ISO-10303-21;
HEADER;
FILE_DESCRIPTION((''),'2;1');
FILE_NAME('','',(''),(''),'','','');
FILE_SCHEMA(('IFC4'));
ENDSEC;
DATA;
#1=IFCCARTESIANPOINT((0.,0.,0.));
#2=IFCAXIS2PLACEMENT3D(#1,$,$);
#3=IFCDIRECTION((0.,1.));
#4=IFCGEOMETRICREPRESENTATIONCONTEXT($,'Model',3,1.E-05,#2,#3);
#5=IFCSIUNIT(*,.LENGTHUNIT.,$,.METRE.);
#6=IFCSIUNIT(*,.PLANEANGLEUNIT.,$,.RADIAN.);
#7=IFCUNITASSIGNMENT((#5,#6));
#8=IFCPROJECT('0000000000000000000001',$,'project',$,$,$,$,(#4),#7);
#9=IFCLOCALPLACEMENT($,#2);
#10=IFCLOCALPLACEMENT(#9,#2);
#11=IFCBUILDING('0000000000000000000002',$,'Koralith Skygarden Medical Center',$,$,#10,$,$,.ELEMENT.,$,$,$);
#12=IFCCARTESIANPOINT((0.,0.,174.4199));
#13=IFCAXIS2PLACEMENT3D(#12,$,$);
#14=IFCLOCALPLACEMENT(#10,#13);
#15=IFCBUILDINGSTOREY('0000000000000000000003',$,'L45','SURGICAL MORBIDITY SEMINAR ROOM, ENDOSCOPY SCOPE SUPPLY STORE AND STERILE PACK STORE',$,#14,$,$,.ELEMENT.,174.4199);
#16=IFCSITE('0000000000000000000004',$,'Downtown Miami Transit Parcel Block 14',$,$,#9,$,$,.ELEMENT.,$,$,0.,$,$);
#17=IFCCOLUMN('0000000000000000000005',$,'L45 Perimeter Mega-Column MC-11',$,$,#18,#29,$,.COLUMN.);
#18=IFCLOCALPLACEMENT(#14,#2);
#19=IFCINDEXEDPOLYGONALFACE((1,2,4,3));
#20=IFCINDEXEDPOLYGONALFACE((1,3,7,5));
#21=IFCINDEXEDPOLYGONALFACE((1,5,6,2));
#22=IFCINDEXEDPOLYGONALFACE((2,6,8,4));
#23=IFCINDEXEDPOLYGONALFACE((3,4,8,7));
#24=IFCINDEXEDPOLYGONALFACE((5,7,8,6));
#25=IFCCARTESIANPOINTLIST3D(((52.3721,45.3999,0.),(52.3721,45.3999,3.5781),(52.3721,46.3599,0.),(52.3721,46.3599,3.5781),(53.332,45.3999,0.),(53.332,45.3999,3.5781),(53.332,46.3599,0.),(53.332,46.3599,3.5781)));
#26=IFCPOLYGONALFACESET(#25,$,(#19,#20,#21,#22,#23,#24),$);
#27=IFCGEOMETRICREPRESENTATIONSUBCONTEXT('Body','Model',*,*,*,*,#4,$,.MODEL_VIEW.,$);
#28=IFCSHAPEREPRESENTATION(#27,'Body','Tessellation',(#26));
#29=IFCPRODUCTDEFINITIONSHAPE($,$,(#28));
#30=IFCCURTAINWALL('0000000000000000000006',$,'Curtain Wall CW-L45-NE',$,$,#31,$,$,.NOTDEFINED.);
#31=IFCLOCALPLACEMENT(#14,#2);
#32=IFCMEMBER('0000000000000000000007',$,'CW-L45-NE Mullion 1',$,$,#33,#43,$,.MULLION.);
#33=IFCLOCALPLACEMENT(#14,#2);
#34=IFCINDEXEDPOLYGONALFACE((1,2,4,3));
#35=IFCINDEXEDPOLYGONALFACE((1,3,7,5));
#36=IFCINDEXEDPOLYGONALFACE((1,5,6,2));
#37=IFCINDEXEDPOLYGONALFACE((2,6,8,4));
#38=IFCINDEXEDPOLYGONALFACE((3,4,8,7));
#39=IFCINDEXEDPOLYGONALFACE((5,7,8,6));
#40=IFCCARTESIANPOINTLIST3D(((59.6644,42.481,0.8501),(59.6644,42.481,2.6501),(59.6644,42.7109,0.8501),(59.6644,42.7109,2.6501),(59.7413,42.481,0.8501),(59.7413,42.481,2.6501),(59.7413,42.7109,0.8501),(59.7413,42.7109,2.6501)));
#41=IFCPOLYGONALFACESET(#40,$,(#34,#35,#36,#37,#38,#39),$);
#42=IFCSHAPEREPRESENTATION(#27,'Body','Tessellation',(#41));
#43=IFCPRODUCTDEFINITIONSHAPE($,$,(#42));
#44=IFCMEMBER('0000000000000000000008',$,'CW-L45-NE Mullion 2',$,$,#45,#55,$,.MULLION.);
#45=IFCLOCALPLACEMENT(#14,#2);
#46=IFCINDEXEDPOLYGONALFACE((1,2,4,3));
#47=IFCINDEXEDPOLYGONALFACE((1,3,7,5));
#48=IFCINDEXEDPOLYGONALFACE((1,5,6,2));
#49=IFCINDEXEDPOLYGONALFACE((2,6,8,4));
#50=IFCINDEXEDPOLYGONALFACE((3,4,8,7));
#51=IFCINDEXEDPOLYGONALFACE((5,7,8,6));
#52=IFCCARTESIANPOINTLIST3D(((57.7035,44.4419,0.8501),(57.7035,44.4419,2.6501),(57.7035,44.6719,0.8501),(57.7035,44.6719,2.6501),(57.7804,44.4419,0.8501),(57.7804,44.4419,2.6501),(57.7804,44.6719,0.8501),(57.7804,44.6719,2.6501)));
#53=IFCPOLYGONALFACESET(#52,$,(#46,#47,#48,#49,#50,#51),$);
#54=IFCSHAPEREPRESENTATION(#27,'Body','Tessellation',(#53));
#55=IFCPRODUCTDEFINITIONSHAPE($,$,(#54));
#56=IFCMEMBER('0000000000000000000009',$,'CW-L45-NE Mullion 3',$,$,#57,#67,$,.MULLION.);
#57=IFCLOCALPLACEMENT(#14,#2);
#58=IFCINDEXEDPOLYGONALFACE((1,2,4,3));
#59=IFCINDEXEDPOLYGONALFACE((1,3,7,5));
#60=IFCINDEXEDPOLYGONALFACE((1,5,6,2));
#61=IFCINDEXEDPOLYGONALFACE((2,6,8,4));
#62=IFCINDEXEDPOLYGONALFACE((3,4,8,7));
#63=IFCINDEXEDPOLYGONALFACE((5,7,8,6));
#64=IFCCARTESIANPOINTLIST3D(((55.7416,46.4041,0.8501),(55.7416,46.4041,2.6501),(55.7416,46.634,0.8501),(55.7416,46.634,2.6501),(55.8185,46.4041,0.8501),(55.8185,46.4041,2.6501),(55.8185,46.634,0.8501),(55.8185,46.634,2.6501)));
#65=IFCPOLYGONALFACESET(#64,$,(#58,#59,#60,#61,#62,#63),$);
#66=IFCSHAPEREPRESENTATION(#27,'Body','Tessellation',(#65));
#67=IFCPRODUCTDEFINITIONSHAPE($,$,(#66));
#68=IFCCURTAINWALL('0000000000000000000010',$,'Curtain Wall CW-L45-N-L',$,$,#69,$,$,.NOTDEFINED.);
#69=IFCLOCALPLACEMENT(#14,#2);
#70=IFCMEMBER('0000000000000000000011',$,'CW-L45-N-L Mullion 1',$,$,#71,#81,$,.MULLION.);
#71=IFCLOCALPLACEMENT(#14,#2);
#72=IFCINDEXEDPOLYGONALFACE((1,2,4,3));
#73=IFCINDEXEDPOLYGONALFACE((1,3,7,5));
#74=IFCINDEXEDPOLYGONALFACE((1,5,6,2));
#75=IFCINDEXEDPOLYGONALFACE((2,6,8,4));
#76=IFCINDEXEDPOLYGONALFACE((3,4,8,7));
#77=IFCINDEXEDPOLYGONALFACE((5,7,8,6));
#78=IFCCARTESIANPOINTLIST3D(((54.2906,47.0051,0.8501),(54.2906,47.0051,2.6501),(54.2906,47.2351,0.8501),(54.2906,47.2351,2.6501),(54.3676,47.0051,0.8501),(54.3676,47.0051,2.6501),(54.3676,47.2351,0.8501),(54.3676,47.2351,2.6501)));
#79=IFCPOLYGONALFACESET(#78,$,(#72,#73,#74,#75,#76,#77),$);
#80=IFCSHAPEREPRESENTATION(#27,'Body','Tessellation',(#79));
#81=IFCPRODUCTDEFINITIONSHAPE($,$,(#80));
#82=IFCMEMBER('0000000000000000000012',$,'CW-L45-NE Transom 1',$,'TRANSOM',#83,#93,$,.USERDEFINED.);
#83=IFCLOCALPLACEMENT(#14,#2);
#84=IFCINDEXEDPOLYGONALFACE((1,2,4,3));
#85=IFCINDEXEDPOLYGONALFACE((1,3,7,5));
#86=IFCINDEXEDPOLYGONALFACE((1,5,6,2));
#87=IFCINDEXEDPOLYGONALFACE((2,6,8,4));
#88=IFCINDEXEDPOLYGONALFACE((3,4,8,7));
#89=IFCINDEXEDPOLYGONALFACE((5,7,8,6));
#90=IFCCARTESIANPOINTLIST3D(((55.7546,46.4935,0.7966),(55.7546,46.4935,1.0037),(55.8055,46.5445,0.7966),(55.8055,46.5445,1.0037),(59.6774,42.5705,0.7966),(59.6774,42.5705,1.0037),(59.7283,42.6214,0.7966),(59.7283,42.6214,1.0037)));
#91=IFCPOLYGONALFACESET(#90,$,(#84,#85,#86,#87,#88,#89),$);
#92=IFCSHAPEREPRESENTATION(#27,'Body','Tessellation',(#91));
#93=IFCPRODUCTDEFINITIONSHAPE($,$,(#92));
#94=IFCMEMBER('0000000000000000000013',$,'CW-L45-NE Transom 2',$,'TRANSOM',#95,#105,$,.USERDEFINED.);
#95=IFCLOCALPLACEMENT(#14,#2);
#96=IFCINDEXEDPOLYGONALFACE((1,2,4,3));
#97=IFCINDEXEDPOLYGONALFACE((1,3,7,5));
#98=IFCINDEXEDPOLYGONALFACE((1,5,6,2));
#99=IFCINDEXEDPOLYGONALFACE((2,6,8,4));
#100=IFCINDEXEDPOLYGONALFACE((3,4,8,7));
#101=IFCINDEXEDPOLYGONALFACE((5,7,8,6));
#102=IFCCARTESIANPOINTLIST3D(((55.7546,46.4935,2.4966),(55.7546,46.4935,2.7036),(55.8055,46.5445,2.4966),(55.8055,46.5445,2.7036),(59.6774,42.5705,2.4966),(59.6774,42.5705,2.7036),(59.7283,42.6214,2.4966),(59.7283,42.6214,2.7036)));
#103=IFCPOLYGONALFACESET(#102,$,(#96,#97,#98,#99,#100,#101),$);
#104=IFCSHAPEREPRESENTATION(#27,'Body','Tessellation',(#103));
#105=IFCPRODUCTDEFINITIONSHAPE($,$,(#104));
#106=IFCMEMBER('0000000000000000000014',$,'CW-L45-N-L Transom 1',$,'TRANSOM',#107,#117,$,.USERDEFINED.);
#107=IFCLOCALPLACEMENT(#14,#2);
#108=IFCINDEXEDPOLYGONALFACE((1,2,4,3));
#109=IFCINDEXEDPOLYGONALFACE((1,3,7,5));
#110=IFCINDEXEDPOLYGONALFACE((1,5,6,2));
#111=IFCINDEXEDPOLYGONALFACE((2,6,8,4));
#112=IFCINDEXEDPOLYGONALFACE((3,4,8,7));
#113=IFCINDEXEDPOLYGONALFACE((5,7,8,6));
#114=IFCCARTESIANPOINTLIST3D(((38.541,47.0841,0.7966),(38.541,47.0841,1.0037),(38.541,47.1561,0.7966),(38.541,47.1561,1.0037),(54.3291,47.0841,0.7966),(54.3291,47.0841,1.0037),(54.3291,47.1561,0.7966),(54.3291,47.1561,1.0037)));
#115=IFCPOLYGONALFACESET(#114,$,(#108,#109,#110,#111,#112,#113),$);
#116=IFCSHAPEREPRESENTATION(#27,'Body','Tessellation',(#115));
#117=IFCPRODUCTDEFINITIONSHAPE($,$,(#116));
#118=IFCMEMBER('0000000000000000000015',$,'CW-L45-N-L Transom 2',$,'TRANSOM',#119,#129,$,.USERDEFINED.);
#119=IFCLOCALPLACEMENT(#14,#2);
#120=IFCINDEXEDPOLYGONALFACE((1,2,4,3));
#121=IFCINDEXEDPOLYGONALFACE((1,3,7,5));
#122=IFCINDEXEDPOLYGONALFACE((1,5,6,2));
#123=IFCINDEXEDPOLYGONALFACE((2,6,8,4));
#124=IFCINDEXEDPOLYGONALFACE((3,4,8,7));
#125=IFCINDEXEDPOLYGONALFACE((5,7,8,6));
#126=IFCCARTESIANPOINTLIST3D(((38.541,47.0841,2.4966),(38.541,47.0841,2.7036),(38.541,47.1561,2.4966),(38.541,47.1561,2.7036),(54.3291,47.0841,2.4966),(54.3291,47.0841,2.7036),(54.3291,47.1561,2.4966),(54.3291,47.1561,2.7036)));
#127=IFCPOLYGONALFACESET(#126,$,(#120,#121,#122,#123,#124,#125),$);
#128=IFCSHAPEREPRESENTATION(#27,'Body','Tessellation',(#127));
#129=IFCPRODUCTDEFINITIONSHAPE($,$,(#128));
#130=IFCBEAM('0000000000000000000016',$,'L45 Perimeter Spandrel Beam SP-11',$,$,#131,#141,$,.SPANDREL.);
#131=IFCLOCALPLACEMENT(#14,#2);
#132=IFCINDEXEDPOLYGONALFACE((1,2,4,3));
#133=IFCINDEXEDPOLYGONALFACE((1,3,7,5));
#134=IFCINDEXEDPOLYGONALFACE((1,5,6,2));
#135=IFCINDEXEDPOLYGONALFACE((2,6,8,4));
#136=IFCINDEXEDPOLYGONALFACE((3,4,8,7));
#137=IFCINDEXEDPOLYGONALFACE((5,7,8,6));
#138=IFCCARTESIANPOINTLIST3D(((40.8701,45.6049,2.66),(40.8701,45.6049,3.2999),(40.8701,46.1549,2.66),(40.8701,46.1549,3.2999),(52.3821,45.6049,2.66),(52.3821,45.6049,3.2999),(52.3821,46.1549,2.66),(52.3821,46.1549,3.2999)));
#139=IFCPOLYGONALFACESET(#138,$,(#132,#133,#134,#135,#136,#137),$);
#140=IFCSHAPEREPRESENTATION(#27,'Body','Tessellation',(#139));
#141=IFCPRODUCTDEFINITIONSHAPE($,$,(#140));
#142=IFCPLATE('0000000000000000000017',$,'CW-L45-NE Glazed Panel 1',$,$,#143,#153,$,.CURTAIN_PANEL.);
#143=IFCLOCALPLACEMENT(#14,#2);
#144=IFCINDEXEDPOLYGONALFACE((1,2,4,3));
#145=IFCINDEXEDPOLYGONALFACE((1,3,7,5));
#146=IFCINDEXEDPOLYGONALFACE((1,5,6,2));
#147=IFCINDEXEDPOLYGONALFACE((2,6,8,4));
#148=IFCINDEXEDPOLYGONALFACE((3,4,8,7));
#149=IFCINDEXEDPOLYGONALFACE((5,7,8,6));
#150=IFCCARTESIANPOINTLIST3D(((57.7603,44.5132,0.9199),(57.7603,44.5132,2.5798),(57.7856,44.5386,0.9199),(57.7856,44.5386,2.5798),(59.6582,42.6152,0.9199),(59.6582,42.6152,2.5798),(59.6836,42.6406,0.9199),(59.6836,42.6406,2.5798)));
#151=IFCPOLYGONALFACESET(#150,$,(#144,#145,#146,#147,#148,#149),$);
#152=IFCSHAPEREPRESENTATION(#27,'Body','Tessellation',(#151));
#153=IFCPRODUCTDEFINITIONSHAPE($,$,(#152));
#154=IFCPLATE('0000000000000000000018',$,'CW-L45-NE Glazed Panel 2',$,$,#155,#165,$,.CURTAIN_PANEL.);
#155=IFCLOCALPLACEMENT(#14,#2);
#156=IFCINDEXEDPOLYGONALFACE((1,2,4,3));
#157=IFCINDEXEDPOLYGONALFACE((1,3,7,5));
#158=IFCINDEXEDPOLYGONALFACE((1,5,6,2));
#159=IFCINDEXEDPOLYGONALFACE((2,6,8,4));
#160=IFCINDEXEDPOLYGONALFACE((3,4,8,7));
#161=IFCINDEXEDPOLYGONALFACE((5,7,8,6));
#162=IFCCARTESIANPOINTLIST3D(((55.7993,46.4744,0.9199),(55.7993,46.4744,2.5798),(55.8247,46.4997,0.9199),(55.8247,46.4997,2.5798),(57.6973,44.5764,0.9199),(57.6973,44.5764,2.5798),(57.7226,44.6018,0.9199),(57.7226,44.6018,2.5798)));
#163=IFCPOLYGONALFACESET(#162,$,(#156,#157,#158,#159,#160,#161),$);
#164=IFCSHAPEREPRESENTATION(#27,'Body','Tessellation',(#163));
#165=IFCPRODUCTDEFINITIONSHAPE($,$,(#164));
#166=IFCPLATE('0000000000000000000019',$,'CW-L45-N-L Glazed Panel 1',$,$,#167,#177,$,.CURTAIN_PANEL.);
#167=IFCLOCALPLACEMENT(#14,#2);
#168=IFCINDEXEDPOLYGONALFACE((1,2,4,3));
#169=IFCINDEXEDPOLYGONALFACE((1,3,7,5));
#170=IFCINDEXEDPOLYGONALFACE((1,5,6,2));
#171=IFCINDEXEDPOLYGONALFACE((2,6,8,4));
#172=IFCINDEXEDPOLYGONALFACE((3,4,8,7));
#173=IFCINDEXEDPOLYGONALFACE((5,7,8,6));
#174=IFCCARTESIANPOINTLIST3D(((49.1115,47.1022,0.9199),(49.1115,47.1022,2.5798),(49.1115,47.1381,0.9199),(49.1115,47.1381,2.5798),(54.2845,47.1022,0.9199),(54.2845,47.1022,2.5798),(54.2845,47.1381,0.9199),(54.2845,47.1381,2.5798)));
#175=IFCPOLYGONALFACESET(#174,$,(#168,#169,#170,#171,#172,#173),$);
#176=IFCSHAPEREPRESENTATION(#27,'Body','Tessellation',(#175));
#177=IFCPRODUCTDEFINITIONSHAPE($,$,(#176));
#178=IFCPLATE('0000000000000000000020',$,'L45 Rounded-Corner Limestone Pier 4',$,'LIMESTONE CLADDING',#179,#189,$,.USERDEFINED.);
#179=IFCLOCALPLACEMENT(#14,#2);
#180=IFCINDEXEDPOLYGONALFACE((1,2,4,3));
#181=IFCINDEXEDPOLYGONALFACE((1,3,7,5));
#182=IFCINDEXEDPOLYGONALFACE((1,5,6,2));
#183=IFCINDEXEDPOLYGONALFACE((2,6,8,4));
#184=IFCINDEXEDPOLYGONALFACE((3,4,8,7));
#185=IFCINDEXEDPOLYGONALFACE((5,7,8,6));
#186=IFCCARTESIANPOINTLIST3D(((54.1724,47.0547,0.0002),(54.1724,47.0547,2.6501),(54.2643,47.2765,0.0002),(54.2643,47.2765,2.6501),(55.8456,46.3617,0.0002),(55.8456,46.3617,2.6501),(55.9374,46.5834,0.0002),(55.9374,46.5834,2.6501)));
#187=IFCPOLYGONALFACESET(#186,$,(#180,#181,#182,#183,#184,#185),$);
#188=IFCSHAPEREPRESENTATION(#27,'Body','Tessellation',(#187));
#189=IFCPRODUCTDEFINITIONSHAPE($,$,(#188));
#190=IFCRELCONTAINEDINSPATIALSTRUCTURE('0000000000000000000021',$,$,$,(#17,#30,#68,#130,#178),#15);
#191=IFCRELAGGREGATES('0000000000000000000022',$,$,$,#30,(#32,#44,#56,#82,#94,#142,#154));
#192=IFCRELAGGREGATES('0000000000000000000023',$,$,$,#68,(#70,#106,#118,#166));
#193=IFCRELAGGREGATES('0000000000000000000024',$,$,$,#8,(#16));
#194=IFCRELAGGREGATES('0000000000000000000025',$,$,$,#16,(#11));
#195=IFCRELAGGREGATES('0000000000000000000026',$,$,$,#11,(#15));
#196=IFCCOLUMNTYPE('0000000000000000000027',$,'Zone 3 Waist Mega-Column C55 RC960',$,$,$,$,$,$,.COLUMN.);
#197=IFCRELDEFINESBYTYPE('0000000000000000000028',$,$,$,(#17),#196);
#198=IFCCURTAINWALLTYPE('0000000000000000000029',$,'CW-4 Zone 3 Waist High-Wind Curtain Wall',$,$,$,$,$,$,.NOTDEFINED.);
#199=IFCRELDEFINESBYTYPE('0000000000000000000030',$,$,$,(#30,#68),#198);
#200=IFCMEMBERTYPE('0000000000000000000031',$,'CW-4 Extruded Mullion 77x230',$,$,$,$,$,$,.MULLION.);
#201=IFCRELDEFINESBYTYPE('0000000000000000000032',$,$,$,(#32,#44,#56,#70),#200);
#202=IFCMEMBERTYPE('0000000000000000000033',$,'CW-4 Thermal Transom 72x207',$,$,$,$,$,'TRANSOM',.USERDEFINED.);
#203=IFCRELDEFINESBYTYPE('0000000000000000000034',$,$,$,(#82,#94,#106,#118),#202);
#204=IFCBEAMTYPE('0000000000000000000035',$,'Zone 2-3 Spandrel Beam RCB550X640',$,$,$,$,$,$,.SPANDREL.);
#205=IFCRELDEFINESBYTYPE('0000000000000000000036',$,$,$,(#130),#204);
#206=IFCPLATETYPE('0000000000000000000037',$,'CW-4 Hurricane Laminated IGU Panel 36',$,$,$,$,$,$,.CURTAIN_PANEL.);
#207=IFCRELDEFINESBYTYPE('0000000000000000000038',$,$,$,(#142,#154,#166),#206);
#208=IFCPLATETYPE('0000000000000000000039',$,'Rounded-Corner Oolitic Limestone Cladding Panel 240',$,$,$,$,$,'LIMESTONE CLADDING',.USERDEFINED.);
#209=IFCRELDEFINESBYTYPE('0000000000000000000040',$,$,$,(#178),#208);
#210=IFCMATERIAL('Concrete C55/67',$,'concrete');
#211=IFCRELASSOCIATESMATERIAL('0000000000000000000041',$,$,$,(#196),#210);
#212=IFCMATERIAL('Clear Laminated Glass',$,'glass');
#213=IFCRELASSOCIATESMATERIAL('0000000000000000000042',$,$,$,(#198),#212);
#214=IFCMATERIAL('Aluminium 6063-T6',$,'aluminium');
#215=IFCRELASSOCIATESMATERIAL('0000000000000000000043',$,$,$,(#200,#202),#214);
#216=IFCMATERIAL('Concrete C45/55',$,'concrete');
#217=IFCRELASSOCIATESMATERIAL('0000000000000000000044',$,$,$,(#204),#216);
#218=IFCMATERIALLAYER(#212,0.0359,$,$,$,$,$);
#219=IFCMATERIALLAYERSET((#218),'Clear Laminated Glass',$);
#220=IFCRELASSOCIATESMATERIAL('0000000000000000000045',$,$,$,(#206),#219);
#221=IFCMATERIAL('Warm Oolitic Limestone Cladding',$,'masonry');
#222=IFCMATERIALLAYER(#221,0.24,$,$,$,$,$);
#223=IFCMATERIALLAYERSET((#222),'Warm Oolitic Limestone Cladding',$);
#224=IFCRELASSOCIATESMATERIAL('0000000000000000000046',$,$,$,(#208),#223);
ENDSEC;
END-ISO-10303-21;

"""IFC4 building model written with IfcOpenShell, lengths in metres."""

from ifc_helpers import new_model, si_unit, direction, frame, origin, origin_2d, place, context, subcontext, project, spatial, rectangle, extrude, material, layer, layer_set, material_profile, profile_set, type_object, element, aggregate, save


model = new_model("IFC4")

# Units and contexts
model_context = context("Model", 3, precision=1e-05, world=origin(), true_north=direction((0.0, 1.0)))
body_context = subcontext(model_context, "Body", "Model", "MODEL_VIEW")
ifc_project = project(units=[si_unit("LENGTHUNIT", "METRE"), si_unit("PLANEANGLEUNIT", "RADIAN")], contexts=[model_context])

# Site, building, storey
site_placement = place(None, origin())
site = spatial("IfcSite", under=ifc_project, at=site_placement, Name="Downtown Miami Transit Parcel Block 14", CompositionType="ELEMENT", RefElevation=0.0)
building_placement = place(site_placement, origin())
building = spatial("IfcBuilding", under=site, at=building_placement, Name="Koralith Skygarden Medical Center", CompositionType="ELEMENT")
storey_placement = place(building_placement, frame((0.0, 0.0, 174.4199)))
storey = spatial("IfcBuildingStorey", under=building, at=storey_placement, Name="L45", Description="SURGICAL MORBIDITY SEMINAR ROOM, ENDOSCOPY SCOPE SUPPLY STORE AND STERILE PACK STORE", CompositionType="ELEMENT", Elevation=174.4199)

# Column
ifc_material_1 = material(Name="Concrete C55/67", Category="concrete")
ifc_material_profile_1 = material_profile(ifc_material_1, rectangle(XDim=0.96, YDim=0.96, at=origin_2d()), Name="RC960X960")
ifc_profile_set_1 = profile_set([ifc_material_profile_1], Name="Concrete C55/67")
column_type = type_object("IfcColumnType", Name="Zone 3 Waist Mega-Column C55 RC960", PredefinedType="COLUMN", material=ifc_profile_set_1)
column_placement = place(storey_placement, frame((52.8521, 45.8799, 0.0), z_axis=(0.0, 0.0, 1.0), x_axis=(1.0, 0.0, 0.0)))
element("IfcColumn", 1, at=column_placement, inside=storey, type_object=column_type, Name="L45 Perimeter Mega-Column MC-11", PredefinedType="COLUMN", context=body_context, shape_type="SweptSolid", body=[
    extrude(rectangle(XDim=0.96, YDim=0.96, at=origin_2d()), origin(), (0.0, 0.0, 1.0), 3.5781),
])

# Curtain wall, members
ifc_material_2 = material(Name="Clear Laminated Glass", Category="glass")
curtain_wall_type = type_object("IfcCurtainWallType", Name="CW-4 Zone 3 Waist High-Wind Curtain Wall", PredefinedType="NOTDEFINED", material=ifc_material_2)
curtain_wall_1_placement = place(storey_placement, origin())
curtain_wall_1 = element("IfcCurtainWall", 2, at=curtain_wall_1_placement, inside=storey, type_object=curtain_wall_type, Name="Curtain Wall CW-L45-NE", PredefinedType="NOTDEFINED")
ifc_material_3 = material(Name="Aluminium 6063-T6", Category="aluminium")
ifc_material_profile_2 = material_profile(ifc_material_3, rectangle(XDim=0.0769, YDim=0.23, at=origin_2d()), Name="MUL77X230")
ifc_profile_set_2 = profile_set([ifc_material_profile_2], Name="Aluminium 6063-T6")
member_type_1 = type_object("IfcMemberType", Name="CW-4 Extruded Mullion 77x230", PredefinedType="MULLION", material=ifc_profile_set_2)
member_1_placement = place(storey_placement, frame((59.7029, 42.5959, 0.8501), z_axis=(0.0, 0.0, 1.0), x_axis=(1.0, 0.0, 0.0)))
member_1 = element("IfcMember", 3, at=member_1_placement, type_object=member_type_1, Name="CW-L45-NE Mullion 1", PredefinedType="MULLION", context=body_context, shape_type="SweptSolid", body=[
    extrude(rectangle(XDim=0.0769, YDim=0.23, at=origin_2d()), origin(), (0.0, 0.0, 1.0), 1.8),
])
member_2_placement = place(storey_placement, frame((57.7419, 44.5569, 0.8501), z_axis=(0.0, 0.0, 1.0), x_axis=(1.0, 0.0, 0.0)))
member_2 = element("IfcMember", 4, at=member_2_placement, type_object=member_type_1, Name="CW-L45-NE Mullion 2", PredefinedType="MULLION", context=body_context, shape_type="SweptSolid", body=[
    extrude(rectangle(XDim=0.0769, YDim=0.23, at=origin_2d()), origin(), (0.0, 0.0, 1.0), 1.8),
])
member_3_placement = place(storey_placement, frame((55.78, 46.519, 0.8501), z_axis=(0.0, 0.0, 1.0), x_axis=(1.0, 0.0, 0.0)))
member_3 = element("IfcMember", 5, at=member_3_placement, type_object=member_type_1, Name="CW-L45-NE Mullion 3", PredefinedType="MULLION", context=body_context, shape_type="SweptSolid", body=[
    extrude(rectangle(XDim=0.0769, YDim=0.23, at=origin_2d()), origin(), (0.0, 0.0, 1.0), 1.8),
])

# Curtain wall, member
curtain_wall_2_placement = place(storey_placement, origin())
curtain_wall_2 = element("IfcCurtainWall", 6, at=curtain_wall_2_placement, inside=storey, type_object=curtain_wall_type, Name="Curtain Wall CW-L45-N-L", PredefinedType="NOTDEFINED")
member_4_placement = place(storey_placement, frame((54.3291, 47.1201, 0.8501), z_axis=(0.0, 0.0, 1.0), x_axis=(1.0, 0.0, 0.0)))
member_4 = element("IfcMember", 7, at=member_4_placement, type_object=member_type_1, Name="CW-L45-N-L Mullion 1", PredefinedType="MULLION", context=body_context, shape_type="SweptSolid", body=[
    extrude(rectangle(XDim=0.0769, YDim=0.23, at=origin_2d()), origin(), (0.0, 0.0, 1.0), 1.8),
])

# Members
ifc_material_profile_3 = material_profile(ifc_material_3, rectangle(XDim=0.072, YDim=0.207, at=origin_2d()), Name="TRN72X207")
ifc_profile_set_3 = profile_set([ifc_material_profile_3], Name="Aluminium 6063-T6")
member_type_2 = type_object("IfcMemberType", Name="CW-4 Thermal Transom 72x207", ElementType="TRANSOM", PredefinedType="USERDEFINED", material=ifc_profile_set_3)
member_5_placement = place(storey_placement, frame((59.7029, 42.5959, 0.9001), z_axis=(-0.707085, 0.707129, 0.0), x_axis=(-0.707129, -0.707085, 0.0)))
member_5 = element("IfcMember", 8, at=member_5_placement, type_object=member_type_2, Name="CW-L45-NE Transom 1", ObjectType="TRANSOM", PredefinedType="USERDEFINED", context=body_context, shape_type="SweptSolid", body=[
    extrude(rectangle(XDim=0.072, YDim=0.207, at=origin_2d()), origin(), (0.0, 0.0, 1.0), 5.5479),
])
member_6_placement = place(storey_placement, frame((59.7029, 42.5959, 2.6001), z_axis=(-0.707085, 0.707129, 0.0), x_axis=(-0.707129, -0.707085, 0.0)))
member_6 = element("IfcMember", 9, at=member_6_placement, type_object=member_type_2, Name="CW-L45-NE Transom 2", ObjectType="TRANSOM", PredefinedType="USERDEFINED", context=body_context, shape_type="SweptSolid", body=[
    extrude(rectangle(XDim=0.072, YDim=0.207, at=origin_2d()), origin(), (0.0, 0.0, 1.0), 5.5479),
])
member_7_placement = place(storey_placement, frame((54.3291, 47.1201, 0.9001), z_axis=(-1.0, 0.0, 0.0), x_axis=(0.0, -1.0, 0.0)))
member_7 = element("IfcMember", 10, at=member_7_placement, type_object=member_type_2, Name="CW-L45-N-L Transom 1", ObjectType="TRANSOM", PredefinedType="USERDEFINED", context=body_context, shape_type="SweptSolid", body=[
    extrude(rectangle(XDim=0.072, YDim=0.207, at=origin_2d()), origin(), (0.0, 0.0, 1.0), 15.7881),
])
member_8_placement = place(storey_placement, frame((54.3291, 47.1201, 2.6001), z_axis=(-1.0, 0.0, 0.0), x_axis=(0.0, -1.0, 0.0)))
member_8 = element("IfcMember", 11, at=member_8_placement, type_object=member_type_2, Name="CW-L45-N-L Transom 2", ObjectType="TRANSOM", PredefinedType="USERDEFINED", context=body_context, shape_type="SweptSolid", body=[
    extrude(rectangle(XDim=0.072, YDim=0.207, at=origin_2d()), origin(), (0.0, 0.0, 1.0), 15.7881),
])

# Beam
ifc_material_4 = material(Name="Concrete C45/55", Category="concrete")
ifc_material_profile_4 = material_profile(ifc_material_4, rectangle(XDim=0.55, YDim=0.6399, at=origin_2d()), Name="RCB550X640")
ifc_profile_set_4 = profile_set([ifc_material_profile_4], Name="Concrete C45/55")
beam_type = type_object("IfcBeamType", Name="Zone 2-3 Spandrel Beam RCB550X640", PredefinedType="SPANDREL", material=ifc_profile_set_4)
beam_placement = place(storey_placement, frame((52.3821, 45.8799, 2.98), z_axis=(-1.0, 0.0, 0.0), x_axis=(0.0, -1.0, 0.0)))
element("IfcBeam", 12, at=beam_placement, inside=storey, type_object=beam_type, Name="L45 Perimeter Spandrel Beam SP-11", PredefinedType="SPANDREL", context=body_context, shape_type="SweptSolid", body=[
    extrude(rectangle(XDim=0.55, YDim=0.6399, at=origin_2d()), origin(), (0.0, 0.0, 1.0), 11.512),
])

# Plates
ifc_layer_1 = layer(ifc_material_2, 0.0359)
ifc_layer_set_1 = layer_set([ifc_layer_1], Name="Clear Laminated Glass")
plate_type_1 = type_object("IfcPlateType", Name="CW-4 Hurricane Laminated IGU Panel 36", PredefinedType="CURTAIN_PANEL", material=ifc_layer_set_1)
plate_1_placement = place(storey_placement, frame((58.7219, 43.5769, 0.9199), z_axis=(0.0, 0.0, 1.0), x_axis=(-0.707107, 0.707107, 0.0)))
plate_1 = element("IfcPlate", 13, at=plate_1_placement, type_object=plate_type_1, Name="CW-L45-NE Glazed Panel 1", PredefinedType="CURTAIN_PANEL", context=body_context, shape_type="SweptSolid", body=[
    extrude(rectangle(XDim=2.6841, YDim=0.0359, at=origin_2d()), origin(), (0.0, 0.0, 1.0), 1.6599),
])
plate_2_placement = place(storey_placement, frame((56.761, 45.5381, 0.9199), z_axis=(0.0, 0.0, 1.0), x_axis=(-0.707107, 0.707107, 0.0)))
plate_2 = element("IfcPlate", 14, at=plate_2_placement, type_object=plate_type_1, Name="CW-L45-NE Glazed Panel 2", PredefinedType="CURTAIN_PANEL", context=body_context, shape_type="SweptSolid", body=[
    extrude(rectangle(XDim=2.6841, YDim=0.0359, at=origin_2d()), origin(), (0.0, 0.0, 1.0), 1.6599),
])
aggregate(curtain_wall_1, [member_1, member_2, member_3, member_5, member_6, plate_1, plate_2])
plate_3_placement = place(storey_placement, frame((51.698, 47.1201, 0.9199), z_axis=(0.0, 0.0, 1.0), x_axis=(-1.0, 0.0, 0.0)))
plate_3 = element("IfcPlate", 15, at=plate_3_placement, type_object=plate_type_1, Name="CW-L45-N-L Glazed Panel 1", PredefinedType="CURTAIN_PANEL", context=body_context, shape_type="SweptSolid", body=[
    extrude(rectangle(XDim=5.1731, YDim=0.0359, at=origin_2d()), origin(), (0.0, 0.0, 1.0), 1.6599),
])
aggregate(curtain_wall_2, [member_4, member_7, member_8, plate_3])
ifc_material_5 = material(Name="Warm Oolitic Limestone Cladding", Category="masonry")
ifc_layer_2 = layer(ifc_material_5, 0.24)
ifc_layer_set_2 = layer_set([ifc_layer_2], Name="Warm Oolitic Limestone Cladding")
plate_type_2 = type_object("IfcPlateType", Name="Rounded-Corner Oolitic Limestone Cladding Panel 240", ElementType="LIMESTONE CLADDING", PredefinedType="USERDEFINED", material=ifc_layer_set_2)
plate_4_placement = place(storey_placement, frame((55.0549, 46.8191, 0.0002), z_axis=(0.0, 0.0, 1.0), x_axis=(-0.923885, 0.382671, 0.0)))
element("IfcPlate", 16, at=plate_4_placement, inside=storey, type_object=plate_type_2, Name="L45 Rounded-Corner Limestone Pier 4", ObjectType="LIMESTONE CLADDING", PredefinedType="USERDEFINED", context=body_context, shape_type="SweptSolid", body=[
    extrude(rectangle(XDim=1.811, YDim=0.24, at=origin_2d()), origin(), (0.0, 0.0, 1.0), 2.6499),
])

save(model, "model.ifc")
